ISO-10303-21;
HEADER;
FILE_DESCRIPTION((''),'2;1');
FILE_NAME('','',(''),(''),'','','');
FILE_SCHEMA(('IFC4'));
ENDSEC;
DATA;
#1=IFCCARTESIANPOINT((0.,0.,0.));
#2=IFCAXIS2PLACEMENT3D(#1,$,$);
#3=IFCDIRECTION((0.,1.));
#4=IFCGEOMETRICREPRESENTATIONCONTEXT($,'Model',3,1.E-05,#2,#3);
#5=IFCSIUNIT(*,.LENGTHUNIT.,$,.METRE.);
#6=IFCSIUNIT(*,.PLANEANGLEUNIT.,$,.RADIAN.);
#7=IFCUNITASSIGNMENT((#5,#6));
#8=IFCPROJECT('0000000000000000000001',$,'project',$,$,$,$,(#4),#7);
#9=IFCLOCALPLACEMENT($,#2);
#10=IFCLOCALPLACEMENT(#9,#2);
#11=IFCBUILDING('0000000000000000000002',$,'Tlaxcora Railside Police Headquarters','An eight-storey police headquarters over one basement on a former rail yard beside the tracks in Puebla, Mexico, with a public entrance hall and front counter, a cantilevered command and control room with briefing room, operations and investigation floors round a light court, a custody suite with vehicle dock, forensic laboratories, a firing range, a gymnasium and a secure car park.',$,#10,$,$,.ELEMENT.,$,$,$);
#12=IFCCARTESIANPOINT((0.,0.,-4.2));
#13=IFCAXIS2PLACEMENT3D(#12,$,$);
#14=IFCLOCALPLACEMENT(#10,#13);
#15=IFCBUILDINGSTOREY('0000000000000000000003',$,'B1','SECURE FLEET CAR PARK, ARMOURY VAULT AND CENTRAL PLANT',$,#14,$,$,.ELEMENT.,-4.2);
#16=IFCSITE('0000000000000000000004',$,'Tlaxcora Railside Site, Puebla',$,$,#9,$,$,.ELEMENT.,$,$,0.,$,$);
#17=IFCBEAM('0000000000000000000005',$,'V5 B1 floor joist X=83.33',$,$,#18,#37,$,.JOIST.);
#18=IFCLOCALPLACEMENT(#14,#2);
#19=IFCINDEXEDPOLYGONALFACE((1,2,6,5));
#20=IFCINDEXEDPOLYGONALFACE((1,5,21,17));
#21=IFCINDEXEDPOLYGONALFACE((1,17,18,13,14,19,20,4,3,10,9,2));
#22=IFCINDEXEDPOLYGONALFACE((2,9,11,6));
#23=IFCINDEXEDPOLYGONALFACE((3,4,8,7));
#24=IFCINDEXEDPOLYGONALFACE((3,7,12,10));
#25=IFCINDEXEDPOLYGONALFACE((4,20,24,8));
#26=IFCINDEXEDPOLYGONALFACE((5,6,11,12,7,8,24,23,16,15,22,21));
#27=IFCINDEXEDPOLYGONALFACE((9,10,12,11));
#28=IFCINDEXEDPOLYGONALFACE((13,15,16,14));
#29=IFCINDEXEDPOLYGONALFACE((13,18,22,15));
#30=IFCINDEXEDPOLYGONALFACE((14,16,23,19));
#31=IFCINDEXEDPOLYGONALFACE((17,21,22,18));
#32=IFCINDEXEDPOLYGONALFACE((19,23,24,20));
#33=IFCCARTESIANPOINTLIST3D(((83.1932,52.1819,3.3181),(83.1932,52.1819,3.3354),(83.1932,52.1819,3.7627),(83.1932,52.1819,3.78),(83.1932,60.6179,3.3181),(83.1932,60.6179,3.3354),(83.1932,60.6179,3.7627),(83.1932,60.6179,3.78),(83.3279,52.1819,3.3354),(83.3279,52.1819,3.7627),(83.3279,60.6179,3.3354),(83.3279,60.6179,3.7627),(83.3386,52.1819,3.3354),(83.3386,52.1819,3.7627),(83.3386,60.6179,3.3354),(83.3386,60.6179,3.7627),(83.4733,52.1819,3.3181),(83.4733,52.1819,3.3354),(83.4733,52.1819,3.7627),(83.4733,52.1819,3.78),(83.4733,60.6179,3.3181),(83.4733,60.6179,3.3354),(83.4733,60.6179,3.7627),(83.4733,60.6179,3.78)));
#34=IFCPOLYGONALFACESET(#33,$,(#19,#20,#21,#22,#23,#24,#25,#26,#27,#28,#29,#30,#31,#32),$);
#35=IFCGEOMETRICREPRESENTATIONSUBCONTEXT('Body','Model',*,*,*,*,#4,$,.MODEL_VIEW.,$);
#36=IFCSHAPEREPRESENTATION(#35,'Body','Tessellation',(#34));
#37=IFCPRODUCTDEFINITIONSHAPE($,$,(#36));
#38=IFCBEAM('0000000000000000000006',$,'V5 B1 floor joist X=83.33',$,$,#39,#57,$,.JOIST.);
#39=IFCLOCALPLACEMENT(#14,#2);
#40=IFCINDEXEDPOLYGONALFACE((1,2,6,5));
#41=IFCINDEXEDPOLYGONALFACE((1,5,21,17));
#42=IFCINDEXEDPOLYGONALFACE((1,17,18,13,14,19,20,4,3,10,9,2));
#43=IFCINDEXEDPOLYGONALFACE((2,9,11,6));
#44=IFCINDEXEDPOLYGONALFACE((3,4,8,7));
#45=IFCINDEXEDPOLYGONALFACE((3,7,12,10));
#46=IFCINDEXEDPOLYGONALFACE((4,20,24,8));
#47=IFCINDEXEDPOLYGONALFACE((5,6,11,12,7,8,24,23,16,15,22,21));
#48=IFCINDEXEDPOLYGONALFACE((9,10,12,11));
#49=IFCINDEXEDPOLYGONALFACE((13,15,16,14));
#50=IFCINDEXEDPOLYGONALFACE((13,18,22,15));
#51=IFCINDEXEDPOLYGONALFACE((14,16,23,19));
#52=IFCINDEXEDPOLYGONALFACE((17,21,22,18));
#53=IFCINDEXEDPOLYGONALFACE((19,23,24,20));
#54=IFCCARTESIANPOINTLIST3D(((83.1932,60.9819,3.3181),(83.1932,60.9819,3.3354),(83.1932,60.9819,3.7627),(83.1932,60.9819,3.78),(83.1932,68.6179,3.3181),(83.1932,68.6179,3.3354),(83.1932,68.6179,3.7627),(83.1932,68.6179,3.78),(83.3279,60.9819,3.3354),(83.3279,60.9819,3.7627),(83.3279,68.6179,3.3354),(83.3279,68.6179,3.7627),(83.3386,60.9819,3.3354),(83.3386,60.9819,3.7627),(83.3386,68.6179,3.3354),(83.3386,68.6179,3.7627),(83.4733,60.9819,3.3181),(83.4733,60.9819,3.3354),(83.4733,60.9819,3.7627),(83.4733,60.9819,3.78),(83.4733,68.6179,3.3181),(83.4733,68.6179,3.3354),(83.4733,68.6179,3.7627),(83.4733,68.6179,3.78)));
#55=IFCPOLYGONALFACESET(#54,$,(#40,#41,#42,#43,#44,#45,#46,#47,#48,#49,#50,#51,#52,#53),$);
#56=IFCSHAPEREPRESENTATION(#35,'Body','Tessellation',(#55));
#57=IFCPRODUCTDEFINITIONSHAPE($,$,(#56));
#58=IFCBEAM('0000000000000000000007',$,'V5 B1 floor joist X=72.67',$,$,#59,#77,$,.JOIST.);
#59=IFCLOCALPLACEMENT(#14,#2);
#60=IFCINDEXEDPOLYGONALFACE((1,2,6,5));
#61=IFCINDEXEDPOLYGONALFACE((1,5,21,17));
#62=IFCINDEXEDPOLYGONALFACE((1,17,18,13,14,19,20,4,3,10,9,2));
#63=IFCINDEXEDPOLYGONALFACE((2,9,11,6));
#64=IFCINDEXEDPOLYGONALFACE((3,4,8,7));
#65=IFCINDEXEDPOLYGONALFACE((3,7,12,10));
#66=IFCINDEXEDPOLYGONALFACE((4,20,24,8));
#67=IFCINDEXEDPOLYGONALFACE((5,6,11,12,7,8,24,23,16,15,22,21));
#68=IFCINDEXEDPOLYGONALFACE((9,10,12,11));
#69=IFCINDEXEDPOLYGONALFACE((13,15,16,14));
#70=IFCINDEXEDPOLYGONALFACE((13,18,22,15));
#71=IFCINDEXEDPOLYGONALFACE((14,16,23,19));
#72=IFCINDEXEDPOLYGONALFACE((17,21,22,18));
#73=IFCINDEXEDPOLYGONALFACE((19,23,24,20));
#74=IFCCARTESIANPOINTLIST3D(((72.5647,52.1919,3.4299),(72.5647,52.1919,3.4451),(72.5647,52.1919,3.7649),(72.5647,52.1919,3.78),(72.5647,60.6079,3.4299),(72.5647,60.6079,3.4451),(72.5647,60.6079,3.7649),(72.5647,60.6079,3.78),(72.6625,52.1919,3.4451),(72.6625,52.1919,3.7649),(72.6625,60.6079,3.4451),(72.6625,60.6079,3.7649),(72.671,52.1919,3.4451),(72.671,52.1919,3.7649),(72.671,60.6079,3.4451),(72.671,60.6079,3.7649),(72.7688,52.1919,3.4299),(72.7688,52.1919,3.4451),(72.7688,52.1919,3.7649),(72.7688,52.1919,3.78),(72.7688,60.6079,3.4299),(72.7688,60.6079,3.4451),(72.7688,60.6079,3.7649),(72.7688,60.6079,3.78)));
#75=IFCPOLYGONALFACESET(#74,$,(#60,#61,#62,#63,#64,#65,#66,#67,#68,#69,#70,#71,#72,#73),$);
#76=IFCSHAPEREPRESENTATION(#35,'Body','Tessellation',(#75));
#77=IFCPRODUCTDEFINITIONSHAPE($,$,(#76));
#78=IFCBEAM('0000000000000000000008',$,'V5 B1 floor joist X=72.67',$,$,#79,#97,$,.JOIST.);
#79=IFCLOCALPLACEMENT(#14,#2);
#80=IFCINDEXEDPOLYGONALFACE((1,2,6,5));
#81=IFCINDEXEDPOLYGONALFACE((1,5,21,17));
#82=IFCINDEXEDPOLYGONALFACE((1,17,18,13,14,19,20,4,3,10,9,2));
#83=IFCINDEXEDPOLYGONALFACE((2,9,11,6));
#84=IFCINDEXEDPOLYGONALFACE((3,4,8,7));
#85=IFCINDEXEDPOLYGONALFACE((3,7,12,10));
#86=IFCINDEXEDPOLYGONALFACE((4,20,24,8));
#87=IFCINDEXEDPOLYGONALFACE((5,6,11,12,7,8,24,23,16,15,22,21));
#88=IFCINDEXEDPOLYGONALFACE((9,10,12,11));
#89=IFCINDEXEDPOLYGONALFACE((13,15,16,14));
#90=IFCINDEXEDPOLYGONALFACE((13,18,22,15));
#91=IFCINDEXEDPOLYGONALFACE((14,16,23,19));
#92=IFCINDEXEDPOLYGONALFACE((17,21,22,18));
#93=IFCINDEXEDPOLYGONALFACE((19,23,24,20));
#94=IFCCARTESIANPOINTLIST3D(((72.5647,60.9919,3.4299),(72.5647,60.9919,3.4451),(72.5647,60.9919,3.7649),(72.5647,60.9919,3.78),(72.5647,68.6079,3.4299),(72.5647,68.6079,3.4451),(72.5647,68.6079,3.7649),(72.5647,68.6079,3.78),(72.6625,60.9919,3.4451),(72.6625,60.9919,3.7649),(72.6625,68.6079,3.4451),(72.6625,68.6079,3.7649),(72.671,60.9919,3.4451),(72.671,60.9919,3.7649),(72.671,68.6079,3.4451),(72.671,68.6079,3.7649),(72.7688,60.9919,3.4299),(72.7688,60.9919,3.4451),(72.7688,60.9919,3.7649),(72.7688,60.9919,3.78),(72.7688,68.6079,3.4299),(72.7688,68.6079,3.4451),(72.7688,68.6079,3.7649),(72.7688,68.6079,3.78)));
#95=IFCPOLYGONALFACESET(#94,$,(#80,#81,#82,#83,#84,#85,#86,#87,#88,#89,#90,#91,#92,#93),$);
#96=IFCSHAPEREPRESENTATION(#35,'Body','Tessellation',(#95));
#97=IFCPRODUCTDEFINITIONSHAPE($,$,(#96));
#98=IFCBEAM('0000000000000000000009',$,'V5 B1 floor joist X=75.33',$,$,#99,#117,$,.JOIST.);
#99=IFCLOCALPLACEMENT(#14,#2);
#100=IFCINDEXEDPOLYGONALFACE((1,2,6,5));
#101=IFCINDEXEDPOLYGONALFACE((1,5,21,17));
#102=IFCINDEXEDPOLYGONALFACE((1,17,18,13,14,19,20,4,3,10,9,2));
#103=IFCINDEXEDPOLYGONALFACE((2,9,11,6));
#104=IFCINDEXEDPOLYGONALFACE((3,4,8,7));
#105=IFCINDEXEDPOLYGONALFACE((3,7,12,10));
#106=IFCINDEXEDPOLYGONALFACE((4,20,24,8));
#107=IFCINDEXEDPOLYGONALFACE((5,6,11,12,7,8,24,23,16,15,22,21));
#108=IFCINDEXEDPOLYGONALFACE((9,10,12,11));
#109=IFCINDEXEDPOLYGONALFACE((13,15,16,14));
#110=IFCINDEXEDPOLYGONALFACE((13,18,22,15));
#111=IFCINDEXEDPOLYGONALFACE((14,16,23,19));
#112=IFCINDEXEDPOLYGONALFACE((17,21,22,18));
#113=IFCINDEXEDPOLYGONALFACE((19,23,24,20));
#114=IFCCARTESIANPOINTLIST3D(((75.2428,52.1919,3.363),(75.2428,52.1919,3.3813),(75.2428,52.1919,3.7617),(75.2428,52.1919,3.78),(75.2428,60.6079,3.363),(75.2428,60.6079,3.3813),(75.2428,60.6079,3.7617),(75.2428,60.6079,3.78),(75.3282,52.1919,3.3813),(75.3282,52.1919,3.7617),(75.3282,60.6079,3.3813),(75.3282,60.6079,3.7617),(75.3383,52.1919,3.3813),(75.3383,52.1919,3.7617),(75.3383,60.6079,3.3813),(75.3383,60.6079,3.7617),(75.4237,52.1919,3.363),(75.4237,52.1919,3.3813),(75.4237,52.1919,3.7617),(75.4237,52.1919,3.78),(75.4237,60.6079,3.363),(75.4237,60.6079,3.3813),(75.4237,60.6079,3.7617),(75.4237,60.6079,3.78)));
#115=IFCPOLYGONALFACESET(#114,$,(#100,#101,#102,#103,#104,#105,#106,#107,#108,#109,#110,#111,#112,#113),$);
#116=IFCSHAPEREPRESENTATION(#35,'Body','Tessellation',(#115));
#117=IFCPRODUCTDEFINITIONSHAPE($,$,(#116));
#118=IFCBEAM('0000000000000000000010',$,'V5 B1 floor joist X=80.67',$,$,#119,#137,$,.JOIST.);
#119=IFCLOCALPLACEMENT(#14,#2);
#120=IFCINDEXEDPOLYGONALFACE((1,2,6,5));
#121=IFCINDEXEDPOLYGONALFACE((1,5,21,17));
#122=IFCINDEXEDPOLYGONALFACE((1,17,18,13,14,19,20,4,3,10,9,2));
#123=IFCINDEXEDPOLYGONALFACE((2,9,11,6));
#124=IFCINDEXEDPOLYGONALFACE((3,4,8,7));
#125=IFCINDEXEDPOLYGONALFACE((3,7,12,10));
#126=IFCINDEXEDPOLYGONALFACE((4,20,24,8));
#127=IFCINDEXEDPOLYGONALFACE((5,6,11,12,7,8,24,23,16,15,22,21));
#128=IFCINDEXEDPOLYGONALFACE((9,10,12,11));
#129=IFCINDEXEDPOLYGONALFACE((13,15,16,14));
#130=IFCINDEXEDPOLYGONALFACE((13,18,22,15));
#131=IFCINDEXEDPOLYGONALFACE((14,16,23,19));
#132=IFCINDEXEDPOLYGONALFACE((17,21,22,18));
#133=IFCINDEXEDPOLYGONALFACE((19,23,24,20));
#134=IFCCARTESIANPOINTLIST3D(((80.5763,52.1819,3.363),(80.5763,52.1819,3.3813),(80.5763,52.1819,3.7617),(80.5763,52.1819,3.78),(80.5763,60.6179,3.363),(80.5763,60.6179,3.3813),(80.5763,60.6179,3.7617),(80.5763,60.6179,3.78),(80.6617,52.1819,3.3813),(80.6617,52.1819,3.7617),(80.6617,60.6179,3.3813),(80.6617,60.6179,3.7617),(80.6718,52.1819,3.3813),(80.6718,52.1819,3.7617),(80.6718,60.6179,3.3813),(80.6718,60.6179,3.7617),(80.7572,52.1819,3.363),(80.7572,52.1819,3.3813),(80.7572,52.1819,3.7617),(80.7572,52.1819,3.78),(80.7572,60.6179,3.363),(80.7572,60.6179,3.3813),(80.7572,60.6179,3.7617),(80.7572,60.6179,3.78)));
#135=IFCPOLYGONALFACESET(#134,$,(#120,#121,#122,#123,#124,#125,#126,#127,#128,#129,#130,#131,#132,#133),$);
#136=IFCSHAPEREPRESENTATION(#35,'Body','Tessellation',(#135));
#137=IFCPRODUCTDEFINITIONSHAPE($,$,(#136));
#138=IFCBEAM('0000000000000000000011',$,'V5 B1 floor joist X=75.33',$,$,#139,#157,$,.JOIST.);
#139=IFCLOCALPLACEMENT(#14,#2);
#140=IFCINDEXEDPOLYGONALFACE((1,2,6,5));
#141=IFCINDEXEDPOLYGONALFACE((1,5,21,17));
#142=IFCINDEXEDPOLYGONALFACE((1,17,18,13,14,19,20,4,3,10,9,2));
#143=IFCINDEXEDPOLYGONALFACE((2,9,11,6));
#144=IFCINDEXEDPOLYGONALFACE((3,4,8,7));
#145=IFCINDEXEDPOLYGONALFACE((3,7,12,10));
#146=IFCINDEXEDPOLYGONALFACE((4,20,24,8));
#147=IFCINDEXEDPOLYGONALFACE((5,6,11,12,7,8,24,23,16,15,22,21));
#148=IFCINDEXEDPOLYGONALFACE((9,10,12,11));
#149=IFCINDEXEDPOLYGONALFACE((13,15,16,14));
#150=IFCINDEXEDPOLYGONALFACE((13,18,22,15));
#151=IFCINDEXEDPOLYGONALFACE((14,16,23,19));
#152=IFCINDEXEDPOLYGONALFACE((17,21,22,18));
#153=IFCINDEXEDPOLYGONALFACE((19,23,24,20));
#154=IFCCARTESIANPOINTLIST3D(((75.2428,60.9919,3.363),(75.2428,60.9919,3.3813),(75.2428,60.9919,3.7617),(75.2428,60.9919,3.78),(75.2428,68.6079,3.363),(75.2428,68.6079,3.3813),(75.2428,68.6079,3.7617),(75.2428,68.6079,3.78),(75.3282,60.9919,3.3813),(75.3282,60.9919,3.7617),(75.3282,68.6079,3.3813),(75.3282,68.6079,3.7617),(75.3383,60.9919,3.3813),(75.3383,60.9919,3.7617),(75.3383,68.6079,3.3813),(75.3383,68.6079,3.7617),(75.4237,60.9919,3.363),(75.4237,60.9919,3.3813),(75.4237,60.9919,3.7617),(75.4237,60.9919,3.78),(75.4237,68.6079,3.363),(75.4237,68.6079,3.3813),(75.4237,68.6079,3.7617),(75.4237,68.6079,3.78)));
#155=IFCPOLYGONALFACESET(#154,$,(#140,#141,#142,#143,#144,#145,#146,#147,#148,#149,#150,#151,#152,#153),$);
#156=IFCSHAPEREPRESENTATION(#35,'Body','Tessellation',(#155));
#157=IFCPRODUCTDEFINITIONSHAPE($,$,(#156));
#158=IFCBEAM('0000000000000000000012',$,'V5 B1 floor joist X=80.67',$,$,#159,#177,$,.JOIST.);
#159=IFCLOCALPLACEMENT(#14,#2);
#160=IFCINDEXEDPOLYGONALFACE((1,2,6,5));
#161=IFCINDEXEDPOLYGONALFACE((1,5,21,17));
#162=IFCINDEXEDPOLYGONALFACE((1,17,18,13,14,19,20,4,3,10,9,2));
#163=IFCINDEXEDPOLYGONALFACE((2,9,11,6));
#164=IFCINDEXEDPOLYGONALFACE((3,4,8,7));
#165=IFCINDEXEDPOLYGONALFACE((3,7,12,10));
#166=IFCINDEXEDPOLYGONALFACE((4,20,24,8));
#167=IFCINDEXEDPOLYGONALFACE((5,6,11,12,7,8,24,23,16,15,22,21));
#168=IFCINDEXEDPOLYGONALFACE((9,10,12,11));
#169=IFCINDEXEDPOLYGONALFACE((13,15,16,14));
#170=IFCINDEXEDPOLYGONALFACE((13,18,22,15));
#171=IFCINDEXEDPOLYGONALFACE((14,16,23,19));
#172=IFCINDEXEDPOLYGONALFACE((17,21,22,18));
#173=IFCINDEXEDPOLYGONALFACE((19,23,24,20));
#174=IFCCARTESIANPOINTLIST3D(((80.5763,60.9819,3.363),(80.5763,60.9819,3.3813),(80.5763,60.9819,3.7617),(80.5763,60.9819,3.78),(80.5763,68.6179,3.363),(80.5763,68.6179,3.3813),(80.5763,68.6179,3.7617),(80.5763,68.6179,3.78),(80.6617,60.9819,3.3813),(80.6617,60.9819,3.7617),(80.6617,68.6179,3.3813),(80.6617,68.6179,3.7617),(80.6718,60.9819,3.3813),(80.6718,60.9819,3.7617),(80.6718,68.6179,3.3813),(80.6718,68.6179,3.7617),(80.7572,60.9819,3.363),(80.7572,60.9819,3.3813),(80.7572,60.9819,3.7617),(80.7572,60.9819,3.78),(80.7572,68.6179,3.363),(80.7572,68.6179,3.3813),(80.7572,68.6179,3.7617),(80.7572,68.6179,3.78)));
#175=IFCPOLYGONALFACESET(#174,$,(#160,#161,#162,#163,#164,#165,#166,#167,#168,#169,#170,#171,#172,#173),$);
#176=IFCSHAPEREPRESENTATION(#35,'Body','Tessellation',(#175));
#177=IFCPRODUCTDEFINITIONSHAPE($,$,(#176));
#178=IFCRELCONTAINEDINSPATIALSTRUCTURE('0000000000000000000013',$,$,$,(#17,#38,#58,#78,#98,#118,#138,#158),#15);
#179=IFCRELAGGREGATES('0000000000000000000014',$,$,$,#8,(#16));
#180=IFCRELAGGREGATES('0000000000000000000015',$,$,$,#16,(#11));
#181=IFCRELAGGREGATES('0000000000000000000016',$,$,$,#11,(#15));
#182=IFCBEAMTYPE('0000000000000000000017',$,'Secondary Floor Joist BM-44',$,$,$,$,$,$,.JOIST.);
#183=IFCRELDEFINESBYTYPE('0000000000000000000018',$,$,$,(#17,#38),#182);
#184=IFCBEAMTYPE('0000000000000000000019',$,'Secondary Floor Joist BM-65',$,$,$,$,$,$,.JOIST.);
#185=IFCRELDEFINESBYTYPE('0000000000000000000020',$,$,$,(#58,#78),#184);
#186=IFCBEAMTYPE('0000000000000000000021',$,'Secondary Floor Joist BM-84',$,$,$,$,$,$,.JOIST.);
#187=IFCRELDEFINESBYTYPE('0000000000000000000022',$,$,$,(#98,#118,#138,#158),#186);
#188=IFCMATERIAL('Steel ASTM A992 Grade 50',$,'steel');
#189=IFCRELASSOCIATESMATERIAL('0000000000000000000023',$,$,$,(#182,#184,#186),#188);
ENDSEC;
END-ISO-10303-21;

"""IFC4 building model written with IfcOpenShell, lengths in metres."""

from ifc_helpers import new_model, si_unit, direction, frame, origin, origin_2d, place, context, subcontext, project, spatial, i_section, extrude, material, material_profile, profile_set, type_object, element, save


model = new_model("IFC4")

# Units and contexts
model_context = context("Model", 3, precision=1e-05, world=origin(), true_north=direction((0.0, 1.0)))
body_context = subcontext(model_context, "Body", "Model", "MODEL_VIEW")
ifc_project = project(units=[si_unit("LENGTHUNIT", "METRE"), si_unit("PLANEANGLEUNIT", "RADIAN")], contexts=[model_context])

# Site, building, storey
site_placement = place(None, origin())
site = spatial("IfcSite", under=ifc_project, at=site_placement, Name="Tlaxcora Railside Site, Puebla", CompositionType="ELEMENT", RefElevation=0.0)
building_placement = place(site_placement, origin())
building = spatial("IfcBuilding", under=site, at=building_placement, Name="Tlaxcora Railside Police Headquarters", Description="An eight-storey police headquarters over one basement on a former rail yard beside the tracks in Puebla, Mexico, with a public entrance hall and front counter, a cantilevered command and control room with briefing room, operations and investigation floors round a light court, a custody suite with vehicle dock, forensic laboratories, a firing range, a gymnasium and a secure car park.", CompositionType="ELEMENT")
storey_placement = place(building_placement, frame((0.0, 0.0, -4.2)))
storey = spatial("IfcBuildingStorey", under=building, at=storey_placement, Name="B1", Description="SECURE FLEET CAR PARK, ARMOURY VAULT AND CENTRAL PLANT", CompositionType="ELEMENT", Elevation=-4.2)

# Beams
ifc_material_1 = material(Name="Steel ASTM A992 Grade 50", Category="steel")
ifc_material_profile_1 = material_profile(ifc_material_1, i_section(OverallWidth=0.28, OverallDepth=0.4619, WebThickness=0.0107, FlangeThickness=0.0173, at=origin_2d()), Name="W18X76")
ifc_profile_set_1 = profile_set([ifc_material_profile_1], Name="Steel ASTM A992 Grade 50")
beam_type_1 = type_object("IfcBeamType", Name="Secondary Floor Joist BM-44", PredefinedType="JOIST", material=ifc_profile_set_1)
beam_1_placement = place(storey_placement, frame((83.3333, 52.1819, 3.5491), z_axis=(0.0, 1.0, 0.0), x_axis=(-1.0, 0.0, 0.0)))
element("IfcBeam", 1, at=beam_1_placement, inside=storey, type_object=beam_type_1, Name="V5 B1 floor joist X=83.33", PredefinedType="JOIST", context=body_context, shape_type="SweptSolid", body=[
    extrude(i_section(OverallWidth=0.28, OverallDepth=0.4619, WebThickness=0.0107, FlangeThickness=0.0173, at=origin_2d()), origin(), (0.0, 0.0, 1.0), 8.436),
])
beam_2_placement = place(storey_placement, frame((83.3333, 60.9819, 3.5491), z_axis=(0.0, 1.0, 0.0), x_axis=(-1.0, 0.0, 0.0)))
element("IfcBeam", 2, at=beam_2_placement, inside=storey, type_object=beam_type_1, Name="V5 B1 floor joist X=83.33", PredefinedType="JOIST", context=body_context, shape_type="SweptSolid", body=[
    extrude(i_section(OverallWidth=0.28, OverallDepth=0.4619, WebThickness=0.0107, FlangeThickness=0.0173, at=origin_2d()), origin(), (0.0, 0.0, 1.0), 7.636),
])
ifc_material_profile_2 = material_profile(ifc_material_1, i_section(OverallWidth=0.2041, OverallDepth=0.3501, WebThickness=0.0085, FlangeThickness=0.0151, at=origin_2d()), Name="W14X48")
ifc_profile_set_2 = profile_set([ifc_material_profile_2], Name="Steel ASTM A992 Grade 50")
beam_type_2 = type_object("IfcBeamType", Name="Secondary Floor Joist BM-65", PredefinedType="JOIST", material=ifc_profile_set_2)
beam_3_placement = place(storey_placement, frame((72.6667, 52.1919, 3.605), z_axis=(0.0, 1.0, 0.0), x_axis=(-1.0, 0.0, 0.0)))
element("IfcBeam", 3, at=beam_3_placement, inside=storey, type_object=beam_type_2, Name="V5 B1 floor joist X=72.67", PredefinedType="JOIST", context=body_context, shape_type="SweptSolid", body=[
    extrude(i_section(OverallWidth=0.2041, OverallDepth=0.3501, WebThickness=0.0085, FlangeThickness=0.0151, at=origin_2d()), origin(), (0.0, 0.0, 1.0), 8.416),
])
beam_4_placement = place(storey_placement, frame((72.6667, 60.9919, 3.605), z_axis=(0.0, 1.0, 0.0), x_axis=(-1.0, 0.0, 0.0)))
element("IfcBeam", 4, at=beam_4_placement, inside=storey, type_object=beam_type_2, Name="V5 B1 floor joist X=72.67", PredefinedType="JOIST", context=body_context, shape_type="SweptSolid", body=[
    extrude(i_section(OverallWidth=0.2041, OverallDepth=0.3501, WebThickness=0.0085, FlangeThickness=0.0151, at=origin_2d()), origin(), (0.0, 0.0, 1.0), 7.616),
])
ifc_material_profile_3 = material_profile(ifc_material_1, i_section(OverallWidth=0.1809, OverallDepth=0.417, WebThickness=0.01, FlangeThickness=0.0183, at=origin_2d()), Name="W16X57")
ifc_profile_set_3 = profile_set([ifc_material_profile_3], Name="Steel ASTM A992 Grade 50")
beam_type_3 = type_object("IfcBeamType", Name="Secondary Floor Joist BM-84", PredefinedType="JOIST", material=ifc_profile_set_3)
beam_5_placement = place(storey_placement, frame((75.3333, 52.1919, 3.5715), z_axis=(0.0, 1.0, 0.0), x_axis=(-1.0, 0.0, 0.0)))
element("IfcBeam", 5, at=beam_5_placement, inside=storey, type_object=beam_type_3, Name="V5 B1 floor joist X=75.33", PredefinedType="JOIST", context=body_context, shape_type="SweptSolid", body=[
    extrude(i_section(OverallWidth=0.1809, OverallDepth=0.417, WebThickness=0.01, FlangeThickness=0.0183, at=origin_2d()), origin(), (0.0, 0.0, 1.0), 8.416),
])
beam_6_placement = place(storey_placement, frame((80.6667, 52.1819, 3.5715), z_axis=(0.0, 1.0, 0.0), x_axis=(-1.0, 0.0, 0.0)))
element("IfcBeam", 6, at=beam_6_placement, inside=storey, type_object=beam_type_3, Name="V5 B1 floor joist X=80.67", PredefinedType="JOIST", context=body_context, shape_type="SweptSolid", body=[
    extrude(i_section(OverallWidth=0.1809, OverallDepth=0.417, WebThickness=0.01, FlangeThickness=0.0183, at=origin_2d()), origin(), (0.0, 0.0, 1.0), 8.436),
])
beam_7_placement = place(storey_placement, frame((75.3333, 60.9919, 3.5715), z_axis=(0.0, 1.0, 0.0), x_axis=(-1.0, 0.0, 0.0)))
element("IfcBeam", 7, at=beam_7_placement, inside=storey, type_object=beam_type_3, Name="V5 B1 floor joist X=75.33", PredefinedType="JOIST", context=body_context, shape_type="SweptSolid", body=[
    extrude(i_section(OverallWidth=0.1809, OverallDepth=0.417, WebThickness=0.01, FlangeThickness=0.0183, at=origin_2d()), origin(), (0.0, 0.0, 1.0), 7.616),
])
beam_8_placement = place(storey_placement, frame((80.6667, 60.9819, 3.5715), z_axis=(0.0, 1.0, 0.0), x_axis=(-1.0, 0.0, 0.0)))
element("IfcBeam", 8, at=beam_8_placement, inside=storey, type_object=beam_type_3, Name="V5 B1 floor joist X=80.67", PredefinedType="JOIST", context=body_context, shape_type="SweptSolid", body=[
    extrude(i_section(OverallWidth=0.1809, OverallDepth=0.417, WebThickness=0.01, FlangeThickness=0.0183, at=origin_2d()), origin(), (0.0, 0.0, 1.0), 7.636),
])

save(model, "model.ifc")
